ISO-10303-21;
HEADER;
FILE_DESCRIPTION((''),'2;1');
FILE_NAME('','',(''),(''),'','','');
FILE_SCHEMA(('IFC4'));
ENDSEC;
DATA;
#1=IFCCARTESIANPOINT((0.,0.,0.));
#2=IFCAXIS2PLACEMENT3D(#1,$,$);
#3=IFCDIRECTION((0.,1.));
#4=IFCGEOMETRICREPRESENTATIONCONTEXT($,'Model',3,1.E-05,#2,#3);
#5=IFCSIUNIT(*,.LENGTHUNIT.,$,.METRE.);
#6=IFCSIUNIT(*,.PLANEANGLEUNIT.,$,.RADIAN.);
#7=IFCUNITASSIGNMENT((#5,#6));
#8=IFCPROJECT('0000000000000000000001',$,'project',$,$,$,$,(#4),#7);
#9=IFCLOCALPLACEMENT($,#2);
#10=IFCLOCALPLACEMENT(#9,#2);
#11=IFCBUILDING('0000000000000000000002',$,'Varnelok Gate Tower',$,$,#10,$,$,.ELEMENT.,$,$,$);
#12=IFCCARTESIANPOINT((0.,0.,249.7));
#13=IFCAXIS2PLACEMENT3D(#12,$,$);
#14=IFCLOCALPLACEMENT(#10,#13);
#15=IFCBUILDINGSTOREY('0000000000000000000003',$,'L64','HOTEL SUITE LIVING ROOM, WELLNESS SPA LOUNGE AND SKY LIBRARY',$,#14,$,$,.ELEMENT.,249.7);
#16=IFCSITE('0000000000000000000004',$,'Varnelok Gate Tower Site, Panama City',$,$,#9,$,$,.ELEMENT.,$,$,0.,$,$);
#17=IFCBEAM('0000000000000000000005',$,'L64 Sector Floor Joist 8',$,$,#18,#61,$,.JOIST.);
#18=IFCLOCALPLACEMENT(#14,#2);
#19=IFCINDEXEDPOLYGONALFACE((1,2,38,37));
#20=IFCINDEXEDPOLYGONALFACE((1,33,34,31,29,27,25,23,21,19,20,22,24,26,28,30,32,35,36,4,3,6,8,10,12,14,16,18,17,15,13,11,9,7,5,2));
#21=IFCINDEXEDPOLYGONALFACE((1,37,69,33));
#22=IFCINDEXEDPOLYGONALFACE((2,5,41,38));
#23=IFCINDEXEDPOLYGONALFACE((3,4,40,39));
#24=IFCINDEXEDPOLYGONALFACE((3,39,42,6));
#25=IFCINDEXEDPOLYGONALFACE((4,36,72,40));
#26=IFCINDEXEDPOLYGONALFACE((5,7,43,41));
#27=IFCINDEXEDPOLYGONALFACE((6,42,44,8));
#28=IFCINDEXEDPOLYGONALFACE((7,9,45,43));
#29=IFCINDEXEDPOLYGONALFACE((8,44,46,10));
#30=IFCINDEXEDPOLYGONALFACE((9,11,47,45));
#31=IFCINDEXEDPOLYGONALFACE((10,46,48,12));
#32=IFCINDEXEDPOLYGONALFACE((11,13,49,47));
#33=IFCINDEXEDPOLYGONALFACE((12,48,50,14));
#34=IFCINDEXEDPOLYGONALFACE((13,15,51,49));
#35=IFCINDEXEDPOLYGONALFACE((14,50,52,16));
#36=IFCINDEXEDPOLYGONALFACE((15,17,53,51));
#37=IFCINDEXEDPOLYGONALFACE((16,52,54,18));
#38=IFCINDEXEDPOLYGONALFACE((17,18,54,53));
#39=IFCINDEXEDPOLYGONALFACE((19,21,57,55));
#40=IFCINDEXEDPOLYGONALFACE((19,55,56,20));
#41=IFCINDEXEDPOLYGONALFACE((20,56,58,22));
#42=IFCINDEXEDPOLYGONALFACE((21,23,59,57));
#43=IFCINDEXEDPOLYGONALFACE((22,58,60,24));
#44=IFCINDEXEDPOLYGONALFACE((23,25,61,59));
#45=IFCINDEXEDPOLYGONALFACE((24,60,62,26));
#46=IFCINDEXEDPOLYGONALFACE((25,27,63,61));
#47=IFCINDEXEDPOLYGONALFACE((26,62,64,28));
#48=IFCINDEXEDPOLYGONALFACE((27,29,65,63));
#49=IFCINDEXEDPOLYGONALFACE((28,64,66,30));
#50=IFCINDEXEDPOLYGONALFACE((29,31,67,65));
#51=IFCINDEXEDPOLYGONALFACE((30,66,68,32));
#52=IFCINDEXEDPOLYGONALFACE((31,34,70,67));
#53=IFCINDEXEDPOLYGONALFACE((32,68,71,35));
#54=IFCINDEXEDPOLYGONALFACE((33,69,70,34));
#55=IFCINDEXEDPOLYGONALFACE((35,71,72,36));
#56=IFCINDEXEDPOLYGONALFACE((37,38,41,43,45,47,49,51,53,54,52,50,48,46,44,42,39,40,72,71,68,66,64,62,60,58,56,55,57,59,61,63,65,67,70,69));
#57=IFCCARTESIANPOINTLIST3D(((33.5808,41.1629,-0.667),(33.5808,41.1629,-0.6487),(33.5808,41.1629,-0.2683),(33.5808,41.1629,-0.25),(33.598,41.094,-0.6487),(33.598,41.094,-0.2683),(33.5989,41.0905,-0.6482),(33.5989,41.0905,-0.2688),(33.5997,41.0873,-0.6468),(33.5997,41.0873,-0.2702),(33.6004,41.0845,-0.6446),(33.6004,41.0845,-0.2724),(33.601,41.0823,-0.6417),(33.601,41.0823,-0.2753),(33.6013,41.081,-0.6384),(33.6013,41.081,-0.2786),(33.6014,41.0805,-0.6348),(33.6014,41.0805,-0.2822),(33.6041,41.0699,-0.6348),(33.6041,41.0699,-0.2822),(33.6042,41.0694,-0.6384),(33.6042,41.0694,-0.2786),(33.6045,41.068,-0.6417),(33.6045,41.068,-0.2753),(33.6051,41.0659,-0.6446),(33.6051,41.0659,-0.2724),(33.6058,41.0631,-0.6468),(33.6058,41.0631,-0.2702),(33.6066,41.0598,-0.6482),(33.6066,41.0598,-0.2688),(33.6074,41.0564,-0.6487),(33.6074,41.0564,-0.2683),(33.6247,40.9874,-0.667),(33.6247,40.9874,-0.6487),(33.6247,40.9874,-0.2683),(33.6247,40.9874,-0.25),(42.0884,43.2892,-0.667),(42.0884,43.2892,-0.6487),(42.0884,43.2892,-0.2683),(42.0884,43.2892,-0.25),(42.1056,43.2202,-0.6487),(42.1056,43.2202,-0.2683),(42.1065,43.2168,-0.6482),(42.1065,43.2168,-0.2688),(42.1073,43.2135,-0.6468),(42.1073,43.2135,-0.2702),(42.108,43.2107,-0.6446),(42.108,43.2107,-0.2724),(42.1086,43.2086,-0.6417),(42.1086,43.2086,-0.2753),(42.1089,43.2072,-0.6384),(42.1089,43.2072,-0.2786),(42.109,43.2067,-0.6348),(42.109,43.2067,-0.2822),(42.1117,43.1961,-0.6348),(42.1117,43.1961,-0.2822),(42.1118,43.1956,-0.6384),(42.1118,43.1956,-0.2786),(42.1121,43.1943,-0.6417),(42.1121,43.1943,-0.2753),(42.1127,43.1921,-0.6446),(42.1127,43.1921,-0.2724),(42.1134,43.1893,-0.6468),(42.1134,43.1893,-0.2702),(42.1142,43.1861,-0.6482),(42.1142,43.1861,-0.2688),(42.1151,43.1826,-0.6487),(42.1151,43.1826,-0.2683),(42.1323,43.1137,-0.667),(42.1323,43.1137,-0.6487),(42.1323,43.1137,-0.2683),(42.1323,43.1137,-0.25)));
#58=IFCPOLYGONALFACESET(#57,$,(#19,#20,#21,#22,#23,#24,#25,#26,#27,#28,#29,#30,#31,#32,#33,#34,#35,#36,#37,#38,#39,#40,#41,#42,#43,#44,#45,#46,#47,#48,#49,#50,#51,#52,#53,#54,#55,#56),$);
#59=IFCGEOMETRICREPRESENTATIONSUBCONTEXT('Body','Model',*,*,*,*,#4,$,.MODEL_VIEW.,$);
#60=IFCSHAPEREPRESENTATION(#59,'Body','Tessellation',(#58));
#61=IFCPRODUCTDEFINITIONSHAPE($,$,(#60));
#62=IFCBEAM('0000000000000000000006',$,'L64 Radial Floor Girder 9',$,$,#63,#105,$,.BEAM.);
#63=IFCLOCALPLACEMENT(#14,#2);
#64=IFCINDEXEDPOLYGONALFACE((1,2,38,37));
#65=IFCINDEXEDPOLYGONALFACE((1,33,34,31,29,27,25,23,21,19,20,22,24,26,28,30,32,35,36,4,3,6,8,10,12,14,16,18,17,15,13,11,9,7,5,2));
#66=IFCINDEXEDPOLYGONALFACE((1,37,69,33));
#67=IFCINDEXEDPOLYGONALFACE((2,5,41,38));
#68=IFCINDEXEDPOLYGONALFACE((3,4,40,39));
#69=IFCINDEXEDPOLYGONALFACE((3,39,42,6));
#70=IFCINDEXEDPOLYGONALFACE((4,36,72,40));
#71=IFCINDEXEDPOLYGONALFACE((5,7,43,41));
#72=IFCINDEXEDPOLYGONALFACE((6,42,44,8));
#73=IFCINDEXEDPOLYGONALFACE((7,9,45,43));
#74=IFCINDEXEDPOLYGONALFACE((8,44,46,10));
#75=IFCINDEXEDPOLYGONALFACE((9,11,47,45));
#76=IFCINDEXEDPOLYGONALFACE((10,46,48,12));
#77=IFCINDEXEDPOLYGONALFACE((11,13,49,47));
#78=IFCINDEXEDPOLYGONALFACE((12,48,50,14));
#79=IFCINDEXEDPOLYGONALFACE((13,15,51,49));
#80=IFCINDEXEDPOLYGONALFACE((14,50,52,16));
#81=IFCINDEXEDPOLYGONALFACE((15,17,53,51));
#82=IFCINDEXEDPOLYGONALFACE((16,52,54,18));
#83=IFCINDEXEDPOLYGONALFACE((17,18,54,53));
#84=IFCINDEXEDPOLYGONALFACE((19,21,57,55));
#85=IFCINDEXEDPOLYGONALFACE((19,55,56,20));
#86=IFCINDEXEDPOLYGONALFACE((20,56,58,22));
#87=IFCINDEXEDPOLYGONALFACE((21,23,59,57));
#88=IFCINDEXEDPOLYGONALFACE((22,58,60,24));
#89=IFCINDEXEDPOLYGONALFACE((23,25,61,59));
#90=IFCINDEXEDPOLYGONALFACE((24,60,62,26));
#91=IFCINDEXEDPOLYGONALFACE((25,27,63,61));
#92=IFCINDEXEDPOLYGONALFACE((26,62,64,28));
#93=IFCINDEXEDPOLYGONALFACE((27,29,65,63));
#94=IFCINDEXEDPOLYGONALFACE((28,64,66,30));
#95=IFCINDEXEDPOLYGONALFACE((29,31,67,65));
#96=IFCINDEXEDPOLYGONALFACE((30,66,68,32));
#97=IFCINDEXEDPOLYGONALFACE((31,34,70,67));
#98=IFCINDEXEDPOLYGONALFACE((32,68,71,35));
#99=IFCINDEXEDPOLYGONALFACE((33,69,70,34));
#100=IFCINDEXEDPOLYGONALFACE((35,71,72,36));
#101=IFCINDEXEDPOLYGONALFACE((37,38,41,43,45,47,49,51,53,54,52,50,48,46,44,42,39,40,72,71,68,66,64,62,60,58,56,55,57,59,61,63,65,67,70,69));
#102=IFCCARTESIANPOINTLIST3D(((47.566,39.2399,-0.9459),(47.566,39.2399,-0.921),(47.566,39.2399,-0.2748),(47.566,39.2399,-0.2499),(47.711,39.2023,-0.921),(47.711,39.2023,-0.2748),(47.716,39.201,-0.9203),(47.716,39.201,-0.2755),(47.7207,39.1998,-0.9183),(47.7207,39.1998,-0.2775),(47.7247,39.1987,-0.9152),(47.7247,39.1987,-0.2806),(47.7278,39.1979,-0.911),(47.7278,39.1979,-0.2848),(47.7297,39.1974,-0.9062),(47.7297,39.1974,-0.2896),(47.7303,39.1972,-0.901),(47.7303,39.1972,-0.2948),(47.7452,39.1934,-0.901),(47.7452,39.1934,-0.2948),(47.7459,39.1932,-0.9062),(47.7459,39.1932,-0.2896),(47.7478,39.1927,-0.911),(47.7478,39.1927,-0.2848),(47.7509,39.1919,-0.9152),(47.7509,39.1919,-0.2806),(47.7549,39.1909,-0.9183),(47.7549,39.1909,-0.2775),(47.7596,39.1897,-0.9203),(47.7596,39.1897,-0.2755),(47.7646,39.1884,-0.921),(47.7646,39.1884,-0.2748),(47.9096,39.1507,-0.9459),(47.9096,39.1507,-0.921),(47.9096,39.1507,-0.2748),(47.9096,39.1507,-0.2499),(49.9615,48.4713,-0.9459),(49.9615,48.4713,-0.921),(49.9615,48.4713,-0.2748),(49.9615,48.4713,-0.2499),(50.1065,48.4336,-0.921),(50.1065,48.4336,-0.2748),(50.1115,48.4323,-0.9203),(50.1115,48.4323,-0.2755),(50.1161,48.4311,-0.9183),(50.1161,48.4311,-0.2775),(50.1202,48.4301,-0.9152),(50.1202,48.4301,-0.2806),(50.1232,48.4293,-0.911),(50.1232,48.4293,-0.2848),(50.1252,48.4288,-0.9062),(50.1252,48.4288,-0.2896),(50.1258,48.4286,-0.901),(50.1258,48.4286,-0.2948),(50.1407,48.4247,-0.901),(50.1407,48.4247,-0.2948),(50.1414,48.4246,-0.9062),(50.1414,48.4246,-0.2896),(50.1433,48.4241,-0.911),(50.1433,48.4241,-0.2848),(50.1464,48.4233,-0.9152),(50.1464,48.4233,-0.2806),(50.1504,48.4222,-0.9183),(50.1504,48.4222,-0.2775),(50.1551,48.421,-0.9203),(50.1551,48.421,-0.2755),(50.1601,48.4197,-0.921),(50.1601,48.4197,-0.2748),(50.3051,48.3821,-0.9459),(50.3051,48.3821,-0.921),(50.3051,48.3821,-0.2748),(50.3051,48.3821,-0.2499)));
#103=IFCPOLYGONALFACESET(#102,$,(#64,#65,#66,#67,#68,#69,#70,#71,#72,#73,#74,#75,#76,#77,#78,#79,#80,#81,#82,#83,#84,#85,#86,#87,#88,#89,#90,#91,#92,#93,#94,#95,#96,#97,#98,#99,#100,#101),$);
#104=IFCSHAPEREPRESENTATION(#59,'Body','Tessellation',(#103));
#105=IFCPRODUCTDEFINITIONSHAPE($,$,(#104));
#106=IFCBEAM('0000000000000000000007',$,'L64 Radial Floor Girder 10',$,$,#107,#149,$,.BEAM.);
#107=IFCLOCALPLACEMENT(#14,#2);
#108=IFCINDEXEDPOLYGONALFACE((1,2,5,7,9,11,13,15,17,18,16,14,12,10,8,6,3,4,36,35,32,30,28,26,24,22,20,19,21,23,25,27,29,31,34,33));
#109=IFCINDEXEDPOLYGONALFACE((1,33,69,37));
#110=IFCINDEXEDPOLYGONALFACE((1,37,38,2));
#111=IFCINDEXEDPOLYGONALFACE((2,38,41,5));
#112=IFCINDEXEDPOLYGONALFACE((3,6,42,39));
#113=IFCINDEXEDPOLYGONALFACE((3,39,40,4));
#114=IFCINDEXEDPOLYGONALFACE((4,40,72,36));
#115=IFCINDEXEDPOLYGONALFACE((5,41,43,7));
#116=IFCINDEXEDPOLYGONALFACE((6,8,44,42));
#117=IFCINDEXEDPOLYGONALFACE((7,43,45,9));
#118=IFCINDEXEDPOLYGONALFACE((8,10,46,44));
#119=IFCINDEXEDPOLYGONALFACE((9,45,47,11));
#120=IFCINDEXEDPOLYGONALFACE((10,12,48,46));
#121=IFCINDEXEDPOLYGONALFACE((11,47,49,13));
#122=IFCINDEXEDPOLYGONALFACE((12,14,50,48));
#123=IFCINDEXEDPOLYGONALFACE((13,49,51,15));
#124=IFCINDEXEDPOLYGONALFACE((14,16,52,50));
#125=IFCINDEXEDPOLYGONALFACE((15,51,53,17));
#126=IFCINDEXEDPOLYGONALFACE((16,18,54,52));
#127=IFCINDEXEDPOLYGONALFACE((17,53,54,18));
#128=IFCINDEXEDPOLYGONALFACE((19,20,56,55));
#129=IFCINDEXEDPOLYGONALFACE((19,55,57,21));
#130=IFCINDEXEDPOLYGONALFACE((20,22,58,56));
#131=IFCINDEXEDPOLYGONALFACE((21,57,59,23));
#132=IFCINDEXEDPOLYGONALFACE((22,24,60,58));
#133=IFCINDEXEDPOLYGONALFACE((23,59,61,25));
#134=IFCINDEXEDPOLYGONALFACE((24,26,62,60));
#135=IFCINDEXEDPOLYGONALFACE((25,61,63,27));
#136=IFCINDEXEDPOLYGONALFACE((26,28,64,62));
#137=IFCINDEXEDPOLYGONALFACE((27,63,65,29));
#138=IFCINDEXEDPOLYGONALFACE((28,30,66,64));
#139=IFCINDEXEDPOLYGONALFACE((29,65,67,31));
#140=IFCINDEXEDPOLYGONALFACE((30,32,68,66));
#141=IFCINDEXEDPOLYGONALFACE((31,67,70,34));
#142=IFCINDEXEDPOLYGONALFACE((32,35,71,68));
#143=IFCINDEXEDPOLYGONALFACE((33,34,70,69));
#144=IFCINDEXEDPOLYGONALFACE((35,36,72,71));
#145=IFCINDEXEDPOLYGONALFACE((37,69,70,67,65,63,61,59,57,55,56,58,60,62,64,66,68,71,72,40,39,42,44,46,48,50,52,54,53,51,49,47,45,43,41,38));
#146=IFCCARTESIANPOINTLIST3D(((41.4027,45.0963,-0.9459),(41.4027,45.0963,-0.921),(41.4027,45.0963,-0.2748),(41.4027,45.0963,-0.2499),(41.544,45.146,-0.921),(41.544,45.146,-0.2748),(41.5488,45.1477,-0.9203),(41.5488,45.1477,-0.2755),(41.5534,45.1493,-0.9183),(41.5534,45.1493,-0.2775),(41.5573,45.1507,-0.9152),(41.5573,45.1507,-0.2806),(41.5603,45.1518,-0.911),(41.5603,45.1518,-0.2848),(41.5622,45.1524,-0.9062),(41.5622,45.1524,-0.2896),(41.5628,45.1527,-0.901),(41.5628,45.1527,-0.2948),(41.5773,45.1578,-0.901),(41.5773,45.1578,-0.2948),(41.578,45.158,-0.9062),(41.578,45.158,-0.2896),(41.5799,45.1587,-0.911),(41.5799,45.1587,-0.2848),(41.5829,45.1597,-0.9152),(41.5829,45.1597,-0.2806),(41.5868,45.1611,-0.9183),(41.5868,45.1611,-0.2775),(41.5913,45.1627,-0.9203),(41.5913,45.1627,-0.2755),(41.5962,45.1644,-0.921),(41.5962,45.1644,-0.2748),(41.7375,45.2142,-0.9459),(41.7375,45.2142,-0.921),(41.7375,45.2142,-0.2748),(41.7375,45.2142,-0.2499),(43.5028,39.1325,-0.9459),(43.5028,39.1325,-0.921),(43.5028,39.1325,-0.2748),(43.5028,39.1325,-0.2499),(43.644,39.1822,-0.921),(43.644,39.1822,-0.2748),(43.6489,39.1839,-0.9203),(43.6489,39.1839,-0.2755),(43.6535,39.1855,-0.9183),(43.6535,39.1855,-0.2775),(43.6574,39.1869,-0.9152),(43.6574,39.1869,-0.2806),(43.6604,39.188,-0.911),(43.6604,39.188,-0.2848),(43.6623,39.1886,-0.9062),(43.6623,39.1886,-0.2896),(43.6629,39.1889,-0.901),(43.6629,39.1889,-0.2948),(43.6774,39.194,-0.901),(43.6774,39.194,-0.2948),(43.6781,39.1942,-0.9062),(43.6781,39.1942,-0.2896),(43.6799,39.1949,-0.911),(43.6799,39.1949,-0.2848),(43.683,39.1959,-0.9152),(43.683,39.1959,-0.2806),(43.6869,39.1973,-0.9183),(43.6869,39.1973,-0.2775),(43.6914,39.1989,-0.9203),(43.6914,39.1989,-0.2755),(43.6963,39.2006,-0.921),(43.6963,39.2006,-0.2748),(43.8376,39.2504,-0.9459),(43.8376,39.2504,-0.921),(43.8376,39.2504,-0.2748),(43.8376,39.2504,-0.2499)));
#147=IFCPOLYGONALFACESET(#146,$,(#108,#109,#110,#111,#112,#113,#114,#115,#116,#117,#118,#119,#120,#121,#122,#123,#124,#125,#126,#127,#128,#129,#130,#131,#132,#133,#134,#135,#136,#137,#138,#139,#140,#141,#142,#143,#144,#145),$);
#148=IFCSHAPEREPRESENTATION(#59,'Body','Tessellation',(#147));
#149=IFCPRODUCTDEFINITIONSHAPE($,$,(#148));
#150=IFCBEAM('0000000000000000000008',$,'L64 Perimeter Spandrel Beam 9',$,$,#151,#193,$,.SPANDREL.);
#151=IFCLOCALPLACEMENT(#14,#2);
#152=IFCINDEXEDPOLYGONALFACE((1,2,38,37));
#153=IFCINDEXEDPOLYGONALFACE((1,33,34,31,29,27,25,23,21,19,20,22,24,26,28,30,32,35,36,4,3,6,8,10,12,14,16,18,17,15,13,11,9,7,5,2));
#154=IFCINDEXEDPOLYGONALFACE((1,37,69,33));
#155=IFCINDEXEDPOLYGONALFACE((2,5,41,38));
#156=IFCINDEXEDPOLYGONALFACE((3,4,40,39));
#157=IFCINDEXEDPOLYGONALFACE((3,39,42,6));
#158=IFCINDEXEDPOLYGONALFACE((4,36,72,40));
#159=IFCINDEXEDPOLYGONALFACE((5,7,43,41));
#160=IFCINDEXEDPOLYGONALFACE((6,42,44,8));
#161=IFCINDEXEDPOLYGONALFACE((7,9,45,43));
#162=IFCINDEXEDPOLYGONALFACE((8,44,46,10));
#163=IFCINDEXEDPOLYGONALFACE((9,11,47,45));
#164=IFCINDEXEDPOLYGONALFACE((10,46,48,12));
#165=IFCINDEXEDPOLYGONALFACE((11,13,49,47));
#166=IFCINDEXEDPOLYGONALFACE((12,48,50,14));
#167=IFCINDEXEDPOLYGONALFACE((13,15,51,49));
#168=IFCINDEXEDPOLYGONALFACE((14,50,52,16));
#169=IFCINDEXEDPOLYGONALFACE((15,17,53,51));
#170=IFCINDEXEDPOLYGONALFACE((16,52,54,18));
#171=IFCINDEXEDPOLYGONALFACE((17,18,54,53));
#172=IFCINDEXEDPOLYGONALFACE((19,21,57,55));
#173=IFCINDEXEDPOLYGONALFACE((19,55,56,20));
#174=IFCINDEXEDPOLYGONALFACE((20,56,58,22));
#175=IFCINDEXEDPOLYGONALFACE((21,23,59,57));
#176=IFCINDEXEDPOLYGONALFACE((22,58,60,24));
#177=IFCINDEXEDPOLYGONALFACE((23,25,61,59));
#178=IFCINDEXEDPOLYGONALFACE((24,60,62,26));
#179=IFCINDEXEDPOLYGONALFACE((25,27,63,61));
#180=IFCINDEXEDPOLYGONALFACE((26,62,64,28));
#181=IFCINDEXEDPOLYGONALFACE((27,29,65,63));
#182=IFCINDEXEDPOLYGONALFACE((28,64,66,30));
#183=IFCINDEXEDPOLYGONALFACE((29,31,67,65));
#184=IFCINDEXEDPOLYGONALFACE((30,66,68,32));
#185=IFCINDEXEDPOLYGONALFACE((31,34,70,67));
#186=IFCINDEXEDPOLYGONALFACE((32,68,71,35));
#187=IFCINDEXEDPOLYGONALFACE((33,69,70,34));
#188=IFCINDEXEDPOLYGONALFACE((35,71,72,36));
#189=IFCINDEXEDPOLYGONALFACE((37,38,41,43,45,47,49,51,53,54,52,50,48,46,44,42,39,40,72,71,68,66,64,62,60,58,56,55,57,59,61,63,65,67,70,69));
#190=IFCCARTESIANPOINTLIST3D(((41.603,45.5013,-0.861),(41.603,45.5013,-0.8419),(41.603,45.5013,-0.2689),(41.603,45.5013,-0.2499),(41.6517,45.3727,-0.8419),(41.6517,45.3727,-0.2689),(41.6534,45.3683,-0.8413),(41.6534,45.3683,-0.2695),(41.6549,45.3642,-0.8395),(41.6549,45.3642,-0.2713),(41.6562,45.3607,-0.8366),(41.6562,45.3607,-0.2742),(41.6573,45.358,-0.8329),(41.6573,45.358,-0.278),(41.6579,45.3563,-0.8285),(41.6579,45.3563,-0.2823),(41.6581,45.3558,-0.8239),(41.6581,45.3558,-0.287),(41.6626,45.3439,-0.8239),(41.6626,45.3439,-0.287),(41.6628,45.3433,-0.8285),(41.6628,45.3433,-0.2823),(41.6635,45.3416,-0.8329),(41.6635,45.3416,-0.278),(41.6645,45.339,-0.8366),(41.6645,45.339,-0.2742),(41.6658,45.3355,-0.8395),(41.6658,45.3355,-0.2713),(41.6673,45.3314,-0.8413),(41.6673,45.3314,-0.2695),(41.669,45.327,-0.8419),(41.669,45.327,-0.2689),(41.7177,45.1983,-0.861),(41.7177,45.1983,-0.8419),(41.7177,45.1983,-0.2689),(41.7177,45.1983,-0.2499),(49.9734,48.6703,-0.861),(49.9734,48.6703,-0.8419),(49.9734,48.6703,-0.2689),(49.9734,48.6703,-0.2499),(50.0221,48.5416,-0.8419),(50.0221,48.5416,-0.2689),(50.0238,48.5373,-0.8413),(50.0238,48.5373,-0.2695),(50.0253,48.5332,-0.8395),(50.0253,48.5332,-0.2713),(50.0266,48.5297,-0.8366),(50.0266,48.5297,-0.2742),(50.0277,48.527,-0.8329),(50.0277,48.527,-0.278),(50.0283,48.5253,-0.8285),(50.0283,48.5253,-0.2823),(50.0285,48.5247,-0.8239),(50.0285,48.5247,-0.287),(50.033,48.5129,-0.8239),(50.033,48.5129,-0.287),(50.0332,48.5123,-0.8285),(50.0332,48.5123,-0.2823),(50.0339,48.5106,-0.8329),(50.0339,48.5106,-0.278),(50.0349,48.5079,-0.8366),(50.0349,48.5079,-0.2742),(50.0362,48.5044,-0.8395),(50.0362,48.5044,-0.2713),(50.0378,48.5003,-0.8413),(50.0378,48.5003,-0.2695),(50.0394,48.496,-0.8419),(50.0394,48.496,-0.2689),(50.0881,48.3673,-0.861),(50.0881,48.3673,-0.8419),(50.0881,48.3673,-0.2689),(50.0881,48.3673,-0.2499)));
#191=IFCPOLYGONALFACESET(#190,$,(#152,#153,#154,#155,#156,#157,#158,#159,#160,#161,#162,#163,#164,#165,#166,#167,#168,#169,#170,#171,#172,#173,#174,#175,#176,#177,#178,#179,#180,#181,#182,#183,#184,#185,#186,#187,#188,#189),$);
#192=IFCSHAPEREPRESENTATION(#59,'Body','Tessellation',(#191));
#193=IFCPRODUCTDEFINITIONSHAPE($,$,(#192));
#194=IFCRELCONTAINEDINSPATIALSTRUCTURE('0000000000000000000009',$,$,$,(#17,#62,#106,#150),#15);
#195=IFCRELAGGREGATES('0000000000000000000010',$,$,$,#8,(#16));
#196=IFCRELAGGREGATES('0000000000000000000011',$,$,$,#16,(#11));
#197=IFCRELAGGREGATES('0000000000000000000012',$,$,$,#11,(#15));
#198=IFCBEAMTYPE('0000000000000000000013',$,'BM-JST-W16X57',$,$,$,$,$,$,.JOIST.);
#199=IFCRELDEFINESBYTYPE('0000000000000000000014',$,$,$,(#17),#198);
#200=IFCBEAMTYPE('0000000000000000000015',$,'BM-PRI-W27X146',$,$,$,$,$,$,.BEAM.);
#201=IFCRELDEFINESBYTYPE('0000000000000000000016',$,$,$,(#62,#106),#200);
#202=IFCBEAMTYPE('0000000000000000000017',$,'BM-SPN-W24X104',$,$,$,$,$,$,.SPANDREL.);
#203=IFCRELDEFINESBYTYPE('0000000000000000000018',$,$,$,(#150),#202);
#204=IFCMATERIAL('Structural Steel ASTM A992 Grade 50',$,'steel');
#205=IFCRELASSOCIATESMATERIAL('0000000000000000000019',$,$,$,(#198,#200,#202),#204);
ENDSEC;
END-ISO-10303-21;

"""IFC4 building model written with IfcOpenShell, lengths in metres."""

from ifc_helpers import new_model, si_unit, direction, frame, origin, origin_2d, place, context, subcontext, project, spatial, i_section, extrude, material, material_profile, profile_set, type_object, element, save


model = new_model("IFC4")

# Units and contexts
model_context = context("Model", 3, precision=1e-05, world=origin(), true_north=direction((0.0, 1.0)))
body_context = subcontext(model_context, "Body", "Model", "MODEL_VIEW")
ifc_project = project(units=[si_unit("LENGTHUNIT", "METRE"), si_unit("PLANEANGLEUNIT", "RADIAN")], contexts=[model_context])

# Site, building, storey
site_placement = place(None, origin())
site = spatial("IfcSite", under=ifc_project, at=site_placement, Name="Varnelok Gate Tower Site, Panama City", CompositionType="ELEMENT", RefElevation=0.0)
building_placement = place(site_placement, origin())
building = spatial("IfcBuilding", under=site, at=building_placement, Name="Varnelok Gate Tower", CompositionType="ELEMENT")
storey_placement = place(building_placement, frame((0.0, 0.0, 249.7)))
storey = spatial("IfcBuildingStorey", under=building, at=storey_placement, Name="L64", Description="HOTEL SUITE LIVING ROOM, WELLNESS SPA LOUNGE AND SKY LIBRARY", CompositionType="ELEMENT", Elevation=249.7)

# Shared definitions
ifc_material_1 = material(Name="Structural Steel ASTM A992 Grade 50", Category="steel")

# Beams
ifc_material_profile_1 = material_profile(ifc_material_1, i_section(OverallWidth=0.1809, OverallDepth=0.417, WebThickness=0.011, FlangeThickness=0.0183, FilletRadius=0.0139, at=origin_2d()), Name="W16X57")
ifc_profile_set_1 = profile_set([ifc_material_profile_1], Name="Structural Steel ASTM A992 Grade 50")
beam_type_1 = type_object("IfcBeamType", Name="BM-JST-W16X57", PredefinedType="JOIST", material=ifc_profile_set_1)
beam_1_placement = place(storey_placement, frame((42.1104, 43.2014, -0.4585), z_axis=(-0.970161, -0.242464, 0.0), x_axis=(0.242464, -0.970161, 0.0)))
element("IfcBeam", 1, at=beam_1_placement, inside=storey, type_object=beam_type_1, Name="L64 Sector Floor Joist 8", PredefinedType="JOIST", context=body_context, shape_type="SweptSolid", body=[
    extrude(i_section(OverallWidth=0.1809, OverallDepth=0.417, WebThickness=0.011, FlangeThickness=0.0183, FilletRadius=0.0139, at=origin_2d()), origin(), (0.0, 0.0, 1.0), 8.7693),
])
ifc_material_profile_2 = material_profile(ifc_material_1, i_section(OverallWidth=0.355, OverallDepth=0.696, WebThickness=0.0154, FlangeThickness=0.0249, FilletRadius=0.02, at=origin_2d()), Name="W27X146")
ifc_profile_set_2 = profile_set([ifc_material_profile_2], Name="Structural Steel ASTM A992 Grade 50")
beam_type_2 = type_object("IfcBeamType", Name="BM-PRI-W27X146", PredefinedType="BEAM", material=ifc_profile_set_2)
beam_2_placement = place(storey_placement, frame((47.7378, 39.1953, -0.5979), z_axis=(0.251175, 0.967942, 0.0), x_axis=(-0.967942, 0.251175, 0.0)))
element("IfcBeam", 2, at=beam_2_placement, inside=storey, type_object=beam_type_2, Name="L64 Radial Floor Girder 9", PredefinedType="BEAM", context=body_context, shape_type="SweptSolid", body=[
    extrude(i_section(OverallWidth=0.355, OverallDepth=0.696, WebThickness=0.0154, FlangeThickness=0.0249, FilletRadius=0.02, at=origin_2d()), origin(), (0.0, 0.0, 1.0), 9.5371),
])
beam_3_placement = place(storey_placement, frame((43.6702, 39.1914, -0.5979), z_axis=(-0.332145, 0.943228, 0.0), x_axis=(-0.943228, -0.332145, 0.0)))
element("IfcBeam", 3, at=beam_3_placement, inside=storey, type_object=beam_type_2, Name="L64 Radial Floor Girder 10", PredefinedType="BEAM", context=body_context, shape_type="SweptSolid", body=[
    extrude(i_section(OverallWidth=0.355, OverallDepth=0.696, WebThickness=0.0154, FlangeThickness=0.0249, FilletRadius=0.02, at=origin_2d()), origin(), (0.0, 0.0, 1.0), 6.3228),
])
ifc_material_profile_3 = material_profile(ifc_material_1, i_section(OverallWidth=0.324, OverallDepth=0.6111, WebThickness=0.0127, FlangeThickness=0.019, FilletRadius=0.0181, at=origin_2d()), Name="W24X104")
ifc_profile_set_3 = profile_set([ifc_material_profile_3], Name="Structural Steel ASTM A992 Grade 50")
beam_type_3 = type_object("IfcBeamType", Name="BM-SPN-W24X104", PredefinedType="SPANDREL", material=ifc_profile_set_3)
beam_4_placement = place(storey_placement, frame((50.0308, 48.5188, -0.5554), z_axis=(-0.93522, -0.354066, 0.0), x_axis=(0.354066, -0.93522, 0.0)))
element("IfcBeam", 4, at=beam_4_placement, inside=storey, type_object=beam_type_3, Name="L64 Perimeter Spandrel Beam 9", PredefinedType="SPANDREL", context=body_context, shape_type="SweptSolid", body=[
    extrude(i_section(OverallWidth=0.324, OverallDepth=0.6111, WebThickness=0.0127, FlangeThickness=0.019, FilletRadius=0.0181, at=origin_2d()), origin(), (0.0, 0.0, 1.0), 8.9502),
])

save(model, "model.ifc")
